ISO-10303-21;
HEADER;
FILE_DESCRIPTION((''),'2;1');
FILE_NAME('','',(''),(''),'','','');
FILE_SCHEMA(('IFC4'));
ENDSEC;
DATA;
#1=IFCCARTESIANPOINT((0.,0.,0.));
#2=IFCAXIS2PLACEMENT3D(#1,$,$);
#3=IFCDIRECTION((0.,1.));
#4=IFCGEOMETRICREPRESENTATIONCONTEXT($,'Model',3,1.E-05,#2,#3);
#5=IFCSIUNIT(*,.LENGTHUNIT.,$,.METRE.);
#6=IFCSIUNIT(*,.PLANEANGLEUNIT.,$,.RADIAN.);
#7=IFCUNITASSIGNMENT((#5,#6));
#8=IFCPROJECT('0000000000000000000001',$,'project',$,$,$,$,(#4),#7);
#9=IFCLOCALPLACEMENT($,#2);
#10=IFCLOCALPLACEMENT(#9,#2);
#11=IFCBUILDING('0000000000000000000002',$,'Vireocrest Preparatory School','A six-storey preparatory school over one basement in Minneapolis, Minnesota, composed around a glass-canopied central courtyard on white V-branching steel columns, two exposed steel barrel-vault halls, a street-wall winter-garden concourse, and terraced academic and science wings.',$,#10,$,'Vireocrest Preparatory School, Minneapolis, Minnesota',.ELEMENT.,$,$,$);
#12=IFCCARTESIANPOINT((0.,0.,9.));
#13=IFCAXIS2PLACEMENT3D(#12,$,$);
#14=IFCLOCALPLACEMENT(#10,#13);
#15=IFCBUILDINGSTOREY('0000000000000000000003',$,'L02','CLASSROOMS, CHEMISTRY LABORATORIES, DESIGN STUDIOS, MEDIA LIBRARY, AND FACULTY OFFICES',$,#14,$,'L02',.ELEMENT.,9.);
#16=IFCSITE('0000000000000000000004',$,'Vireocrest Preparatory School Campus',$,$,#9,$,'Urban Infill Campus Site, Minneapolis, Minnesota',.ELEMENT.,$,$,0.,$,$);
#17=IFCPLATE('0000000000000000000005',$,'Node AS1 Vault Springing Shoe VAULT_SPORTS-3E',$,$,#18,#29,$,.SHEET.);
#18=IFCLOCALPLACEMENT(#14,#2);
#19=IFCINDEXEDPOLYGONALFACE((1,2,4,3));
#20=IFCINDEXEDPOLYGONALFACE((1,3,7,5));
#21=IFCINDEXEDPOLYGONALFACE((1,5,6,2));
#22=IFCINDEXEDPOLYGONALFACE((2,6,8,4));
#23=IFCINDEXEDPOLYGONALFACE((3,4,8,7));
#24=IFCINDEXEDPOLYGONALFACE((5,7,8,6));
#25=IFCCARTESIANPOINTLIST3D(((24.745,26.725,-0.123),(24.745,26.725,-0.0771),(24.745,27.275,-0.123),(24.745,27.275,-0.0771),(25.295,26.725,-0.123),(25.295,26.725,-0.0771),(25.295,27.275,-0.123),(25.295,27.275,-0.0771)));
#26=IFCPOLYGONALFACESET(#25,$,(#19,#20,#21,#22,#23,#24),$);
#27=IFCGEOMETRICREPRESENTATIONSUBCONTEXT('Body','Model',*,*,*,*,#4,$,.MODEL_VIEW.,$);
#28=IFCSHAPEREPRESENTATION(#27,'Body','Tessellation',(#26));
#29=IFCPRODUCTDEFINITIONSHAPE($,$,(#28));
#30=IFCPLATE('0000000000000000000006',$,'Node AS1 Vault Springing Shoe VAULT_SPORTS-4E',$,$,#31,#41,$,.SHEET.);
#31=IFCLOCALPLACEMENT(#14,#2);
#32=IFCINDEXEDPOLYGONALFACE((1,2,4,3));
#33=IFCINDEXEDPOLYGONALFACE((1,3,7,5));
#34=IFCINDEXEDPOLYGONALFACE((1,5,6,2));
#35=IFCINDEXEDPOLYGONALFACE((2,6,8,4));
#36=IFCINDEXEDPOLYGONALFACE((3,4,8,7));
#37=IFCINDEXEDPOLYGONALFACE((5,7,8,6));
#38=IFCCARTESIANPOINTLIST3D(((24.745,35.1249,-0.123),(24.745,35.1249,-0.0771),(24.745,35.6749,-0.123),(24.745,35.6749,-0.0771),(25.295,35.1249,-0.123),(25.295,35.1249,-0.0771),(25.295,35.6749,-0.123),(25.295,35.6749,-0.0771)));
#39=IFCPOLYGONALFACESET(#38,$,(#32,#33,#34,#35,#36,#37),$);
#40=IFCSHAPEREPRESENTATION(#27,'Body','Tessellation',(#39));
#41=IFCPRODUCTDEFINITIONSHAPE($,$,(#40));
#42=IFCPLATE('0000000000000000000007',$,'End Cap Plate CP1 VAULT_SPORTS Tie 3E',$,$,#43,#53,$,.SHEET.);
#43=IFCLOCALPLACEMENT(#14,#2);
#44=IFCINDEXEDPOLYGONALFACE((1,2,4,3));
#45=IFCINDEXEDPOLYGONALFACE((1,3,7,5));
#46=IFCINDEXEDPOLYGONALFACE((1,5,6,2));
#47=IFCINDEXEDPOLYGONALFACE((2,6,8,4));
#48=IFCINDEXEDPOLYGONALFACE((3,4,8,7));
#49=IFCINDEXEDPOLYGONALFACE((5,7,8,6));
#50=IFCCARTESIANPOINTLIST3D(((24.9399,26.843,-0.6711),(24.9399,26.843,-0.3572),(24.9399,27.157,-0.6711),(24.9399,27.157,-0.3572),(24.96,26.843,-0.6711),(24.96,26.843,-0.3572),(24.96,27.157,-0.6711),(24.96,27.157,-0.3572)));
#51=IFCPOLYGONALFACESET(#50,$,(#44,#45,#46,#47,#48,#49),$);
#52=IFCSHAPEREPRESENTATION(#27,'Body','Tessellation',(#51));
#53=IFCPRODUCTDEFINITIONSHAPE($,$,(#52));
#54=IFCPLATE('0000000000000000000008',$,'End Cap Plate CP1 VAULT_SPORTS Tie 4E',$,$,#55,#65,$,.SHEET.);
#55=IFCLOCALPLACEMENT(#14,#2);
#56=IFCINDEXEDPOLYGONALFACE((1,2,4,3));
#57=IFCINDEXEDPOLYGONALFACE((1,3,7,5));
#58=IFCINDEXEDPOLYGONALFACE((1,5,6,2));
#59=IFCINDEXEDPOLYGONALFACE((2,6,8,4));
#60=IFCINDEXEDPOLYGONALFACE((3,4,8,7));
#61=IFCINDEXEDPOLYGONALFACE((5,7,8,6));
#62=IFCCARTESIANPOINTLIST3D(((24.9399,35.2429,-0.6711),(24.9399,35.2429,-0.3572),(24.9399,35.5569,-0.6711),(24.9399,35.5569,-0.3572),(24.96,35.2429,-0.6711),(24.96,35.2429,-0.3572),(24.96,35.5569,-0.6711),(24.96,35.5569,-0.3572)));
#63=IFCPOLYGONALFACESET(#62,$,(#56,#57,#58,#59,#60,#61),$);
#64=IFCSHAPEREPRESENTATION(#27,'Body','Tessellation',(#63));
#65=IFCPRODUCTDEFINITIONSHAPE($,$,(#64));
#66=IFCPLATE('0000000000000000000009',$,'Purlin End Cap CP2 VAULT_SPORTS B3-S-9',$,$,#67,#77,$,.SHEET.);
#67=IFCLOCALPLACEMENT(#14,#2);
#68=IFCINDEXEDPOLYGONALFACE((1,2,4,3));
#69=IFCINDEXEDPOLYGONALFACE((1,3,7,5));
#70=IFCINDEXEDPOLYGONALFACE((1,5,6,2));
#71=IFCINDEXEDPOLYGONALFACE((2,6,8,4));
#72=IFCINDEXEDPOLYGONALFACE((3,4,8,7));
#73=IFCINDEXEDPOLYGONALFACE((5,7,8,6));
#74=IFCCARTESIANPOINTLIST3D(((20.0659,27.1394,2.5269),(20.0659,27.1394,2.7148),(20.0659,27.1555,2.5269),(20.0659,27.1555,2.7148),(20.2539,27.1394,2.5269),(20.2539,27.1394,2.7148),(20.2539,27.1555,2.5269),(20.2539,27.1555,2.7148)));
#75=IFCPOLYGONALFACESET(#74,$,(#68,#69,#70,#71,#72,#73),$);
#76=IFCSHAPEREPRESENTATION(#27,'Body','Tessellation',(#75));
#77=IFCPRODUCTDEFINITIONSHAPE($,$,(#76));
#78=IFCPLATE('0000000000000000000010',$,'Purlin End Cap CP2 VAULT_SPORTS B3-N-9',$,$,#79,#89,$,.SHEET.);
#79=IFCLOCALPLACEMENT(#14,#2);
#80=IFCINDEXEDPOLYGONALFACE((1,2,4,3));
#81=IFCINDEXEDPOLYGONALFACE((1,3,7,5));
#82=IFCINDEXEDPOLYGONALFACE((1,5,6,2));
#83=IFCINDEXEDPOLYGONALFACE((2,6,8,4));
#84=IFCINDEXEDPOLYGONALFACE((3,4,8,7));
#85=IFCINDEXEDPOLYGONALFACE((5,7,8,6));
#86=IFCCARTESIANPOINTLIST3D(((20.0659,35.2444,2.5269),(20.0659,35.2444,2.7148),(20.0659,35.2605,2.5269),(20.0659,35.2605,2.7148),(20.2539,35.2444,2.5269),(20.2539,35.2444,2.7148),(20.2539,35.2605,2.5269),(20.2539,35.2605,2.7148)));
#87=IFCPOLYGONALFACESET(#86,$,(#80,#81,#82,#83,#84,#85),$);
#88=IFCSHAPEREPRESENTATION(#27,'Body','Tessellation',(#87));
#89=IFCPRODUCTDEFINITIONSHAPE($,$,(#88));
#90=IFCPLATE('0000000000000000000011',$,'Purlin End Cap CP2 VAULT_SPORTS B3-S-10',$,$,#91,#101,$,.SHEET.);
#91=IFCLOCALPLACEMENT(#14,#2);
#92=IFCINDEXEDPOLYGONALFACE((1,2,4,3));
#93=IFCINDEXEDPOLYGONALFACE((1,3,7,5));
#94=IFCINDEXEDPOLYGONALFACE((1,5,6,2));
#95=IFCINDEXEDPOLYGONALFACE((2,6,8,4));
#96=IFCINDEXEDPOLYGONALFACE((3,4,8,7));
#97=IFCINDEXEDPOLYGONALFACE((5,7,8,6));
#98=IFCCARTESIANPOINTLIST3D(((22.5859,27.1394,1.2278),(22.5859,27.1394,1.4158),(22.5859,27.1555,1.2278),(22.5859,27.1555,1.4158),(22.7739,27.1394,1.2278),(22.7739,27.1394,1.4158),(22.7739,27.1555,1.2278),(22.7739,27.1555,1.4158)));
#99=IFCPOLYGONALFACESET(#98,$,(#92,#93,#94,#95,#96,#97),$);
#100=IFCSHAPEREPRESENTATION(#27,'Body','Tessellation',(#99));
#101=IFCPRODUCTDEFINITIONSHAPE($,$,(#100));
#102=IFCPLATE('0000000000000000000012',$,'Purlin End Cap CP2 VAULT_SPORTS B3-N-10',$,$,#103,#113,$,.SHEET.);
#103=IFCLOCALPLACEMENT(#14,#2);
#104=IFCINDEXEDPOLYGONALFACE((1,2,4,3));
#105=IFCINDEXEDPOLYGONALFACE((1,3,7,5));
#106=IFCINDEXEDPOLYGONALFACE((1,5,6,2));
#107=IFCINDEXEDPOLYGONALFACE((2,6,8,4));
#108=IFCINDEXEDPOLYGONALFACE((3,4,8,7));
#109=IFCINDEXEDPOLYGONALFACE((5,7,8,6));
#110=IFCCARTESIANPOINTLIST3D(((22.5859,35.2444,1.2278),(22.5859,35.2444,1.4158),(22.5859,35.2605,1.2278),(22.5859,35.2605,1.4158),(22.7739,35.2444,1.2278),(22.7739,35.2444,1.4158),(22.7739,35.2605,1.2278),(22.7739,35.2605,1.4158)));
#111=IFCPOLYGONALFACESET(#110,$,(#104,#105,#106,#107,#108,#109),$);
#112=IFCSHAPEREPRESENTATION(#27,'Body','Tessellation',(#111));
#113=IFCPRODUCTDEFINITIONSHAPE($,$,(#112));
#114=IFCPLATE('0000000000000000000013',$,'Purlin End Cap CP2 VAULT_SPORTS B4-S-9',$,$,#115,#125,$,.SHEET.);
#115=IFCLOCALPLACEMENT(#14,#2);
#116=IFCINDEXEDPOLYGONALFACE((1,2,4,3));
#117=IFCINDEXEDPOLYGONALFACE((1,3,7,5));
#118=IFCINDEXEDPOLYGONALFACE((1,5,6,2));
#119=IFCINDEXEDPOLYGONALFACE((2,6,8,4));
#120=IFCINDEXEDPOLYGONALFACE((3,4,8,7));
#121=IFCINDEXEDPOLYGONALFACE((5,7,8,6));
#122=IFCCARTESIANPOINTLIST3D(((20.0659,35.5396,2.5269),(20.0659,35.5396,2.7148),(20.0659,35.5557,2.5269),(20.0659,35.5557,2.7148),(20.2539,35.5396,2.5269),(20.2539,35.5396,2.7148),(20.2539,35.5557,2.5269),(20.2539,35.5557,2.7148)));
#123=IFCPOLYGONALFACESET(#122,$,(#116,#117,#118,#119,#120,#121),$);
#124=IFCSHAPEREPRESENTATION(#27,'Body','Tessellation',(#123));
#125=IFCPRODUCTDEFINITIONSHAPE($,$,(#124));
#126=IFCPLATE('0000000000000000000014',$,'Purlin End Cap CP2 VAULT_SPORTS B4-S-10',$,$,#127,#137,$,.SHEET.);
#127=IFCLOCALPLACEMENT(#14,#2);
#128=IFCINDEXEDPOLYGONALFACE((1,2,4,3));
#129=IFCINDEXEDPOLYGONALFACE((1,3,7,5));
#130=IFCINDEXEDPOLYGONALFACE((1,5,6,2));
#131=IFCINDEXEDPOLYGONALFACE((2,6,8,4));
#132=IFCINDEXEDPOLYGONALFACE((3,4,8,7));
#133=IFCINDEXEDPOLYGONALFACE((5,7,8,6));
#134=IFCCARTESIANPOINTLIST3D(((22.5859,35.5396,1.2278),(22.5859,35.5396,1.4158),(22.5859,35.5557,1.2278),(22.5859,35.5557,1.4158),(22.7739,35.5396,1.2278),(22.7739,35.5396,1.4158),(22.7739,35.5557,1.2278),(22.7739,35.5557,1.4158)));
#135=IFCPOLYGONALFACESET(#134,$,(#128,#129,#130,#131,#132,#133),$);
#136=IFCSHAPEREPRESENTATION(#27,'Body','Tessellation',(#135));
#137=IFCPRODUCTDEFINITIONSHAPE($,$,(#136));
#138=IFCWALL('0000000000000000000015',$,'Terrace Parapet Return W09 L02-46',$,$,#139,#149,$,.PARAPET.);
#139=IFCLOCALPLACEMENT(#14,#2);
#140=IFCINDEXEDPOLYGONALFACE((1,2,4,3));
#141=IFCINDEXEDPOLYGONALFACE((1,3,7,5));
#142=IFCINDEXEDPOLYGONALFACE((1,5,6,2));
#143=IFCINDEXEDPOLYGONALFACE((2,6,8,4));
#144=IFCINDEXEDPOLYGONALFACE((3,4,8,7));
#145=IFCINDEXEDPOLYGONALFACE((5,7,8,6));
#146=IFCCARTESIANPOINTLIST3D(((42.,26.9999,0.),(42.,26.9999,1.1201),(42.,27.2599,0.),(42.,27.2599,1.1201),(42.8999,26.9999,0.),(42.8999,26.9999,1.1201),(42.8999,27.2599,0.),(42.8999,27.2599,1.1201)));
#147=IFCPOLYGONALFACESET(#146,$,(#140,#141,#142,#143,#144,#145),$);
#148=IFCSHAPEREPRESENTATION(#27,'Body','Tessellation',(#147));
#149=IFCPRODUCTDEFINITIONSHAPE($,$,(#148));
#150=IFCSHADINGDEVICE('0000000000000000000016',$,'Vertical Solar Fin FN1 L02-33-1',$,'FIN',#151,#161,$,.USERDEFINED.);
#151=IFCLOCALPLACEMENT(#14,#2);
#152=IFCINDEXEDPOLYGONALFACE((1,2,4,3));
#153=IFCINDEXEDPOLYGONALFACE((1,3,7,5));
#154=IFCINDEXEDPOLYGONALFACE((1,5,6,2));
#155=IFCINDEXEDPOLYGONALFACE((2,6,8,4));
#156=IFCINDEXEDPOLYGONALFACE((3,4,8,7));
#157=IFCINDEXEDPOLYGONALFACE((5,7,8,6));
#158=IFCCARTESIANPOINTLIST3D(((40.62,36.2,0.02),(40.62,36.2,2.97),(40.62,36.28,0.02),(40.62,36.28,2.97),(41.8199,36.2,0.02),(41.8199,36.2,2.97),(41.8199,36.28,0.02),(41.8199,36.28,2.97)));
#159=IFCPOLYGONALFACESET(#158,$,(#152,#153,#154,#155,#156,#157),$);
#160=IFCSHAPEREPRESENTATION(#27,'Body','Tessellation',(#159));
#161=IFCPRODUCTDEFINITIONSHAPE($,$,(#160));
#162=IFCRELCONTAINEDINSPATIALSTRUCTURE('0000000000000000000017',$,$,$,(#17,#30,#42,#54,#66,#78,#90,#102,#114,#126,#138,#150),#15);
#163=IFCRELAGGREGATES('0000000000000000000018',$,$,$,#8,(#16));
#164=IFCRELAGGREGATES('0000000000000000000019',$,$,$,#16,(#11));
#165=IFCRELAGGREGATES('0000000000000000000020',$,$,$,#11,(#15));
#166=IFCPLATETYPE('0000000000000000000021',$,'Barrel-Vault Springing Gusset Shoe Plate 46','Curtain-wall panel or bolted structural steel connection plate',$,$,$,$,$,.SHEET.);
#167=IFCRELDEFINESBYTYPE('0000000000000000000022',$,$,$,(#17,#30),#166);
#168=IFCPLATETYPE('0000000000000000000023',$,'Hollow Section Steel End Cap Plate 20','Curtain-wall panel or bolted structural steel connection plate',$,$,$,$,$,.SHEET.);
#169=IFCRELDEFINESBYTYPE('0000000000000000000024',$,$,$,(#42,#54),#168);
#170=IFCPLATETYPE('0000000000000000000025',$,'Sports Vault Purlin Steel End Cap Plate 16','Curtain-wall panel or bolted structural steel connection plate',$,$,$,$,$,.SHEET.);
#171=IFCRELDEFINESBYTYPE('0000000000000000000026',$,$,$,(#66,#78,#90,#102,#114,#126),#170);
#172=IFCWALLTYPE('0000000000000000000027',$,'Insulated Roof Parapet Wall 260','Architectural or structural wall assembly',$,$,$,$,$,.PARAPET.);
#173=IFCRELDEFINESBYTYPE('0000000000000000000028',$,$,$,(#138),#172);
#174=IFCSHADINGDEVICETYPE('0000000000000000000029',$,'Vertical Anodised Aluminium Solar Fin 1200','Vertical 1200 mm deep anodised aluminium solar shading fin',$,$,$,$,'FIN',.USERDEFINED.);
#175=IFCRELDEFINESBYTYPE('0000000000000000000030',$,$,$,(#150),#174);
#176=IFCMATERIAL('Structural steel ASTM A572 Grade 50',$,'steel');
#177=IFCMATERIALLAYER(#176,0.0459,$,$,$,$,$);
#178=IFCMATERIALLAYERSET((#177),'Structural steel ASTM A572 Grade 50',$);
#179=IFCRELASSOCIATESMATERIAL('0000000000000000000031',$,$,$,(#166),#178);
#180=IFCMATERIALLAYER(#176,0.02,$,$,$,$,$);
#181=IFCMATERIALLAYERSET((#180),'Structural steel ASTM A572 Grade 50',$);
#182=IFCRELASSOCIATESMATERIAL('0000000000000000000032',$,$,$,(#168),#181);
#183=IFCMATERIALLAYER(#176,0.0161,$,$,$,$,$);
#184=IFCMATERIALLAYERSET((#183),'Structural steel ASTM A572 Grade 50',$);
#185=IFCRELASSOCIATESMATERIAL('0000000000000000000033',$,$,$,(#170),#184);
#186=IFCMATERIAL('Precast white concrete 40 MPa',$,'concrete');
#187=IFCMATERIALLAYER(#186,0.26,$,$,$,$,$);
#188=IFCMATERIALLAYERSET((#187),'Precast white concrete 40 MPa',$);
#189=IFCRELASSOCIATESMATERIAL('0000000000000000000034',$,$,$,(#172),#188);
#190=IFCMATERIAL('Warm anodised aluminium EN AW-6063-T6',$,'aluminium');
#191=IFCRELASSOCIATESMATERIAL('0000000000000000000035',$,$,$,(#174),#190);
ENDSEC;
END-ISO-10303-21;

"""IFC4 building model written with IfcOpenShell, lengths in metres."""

from ifc_helpers import new_model, si_unit, direction, frame, frame_2d, origin, origin_2d, place, context, subcontext, project, spatial, rectangle, extrude, material, layer, layer_set, material_profile, profile_set, type_object, element, save


model = new_model("IFC4")

# Units and contexts
model_context = context("Model", 3, precision=1e-05, world=origin(), true_north=direction((0.0, 1.0)))
body_context = subcontext(model_context, "Body", "Model", "MODEL_VIEW")
ifc_project = project(units=[si_unit("LENGTHUNIT", "METRE"), si_unit("PLANEANGLEUNIT", "RADIAN")], contexts=[model_context])

# Site, building, storey
site_placement = place(None, origin())
site = spatial("IfcSite", under=ifc_project, at=site_placement, Name="Vireocrest Preparatory School Campus", LongName="Urban Infill Campus Site, Minneapolis, Minnesota", CompositionType="ELEMENT", RefElevation=0.0)
building_placement = place(site_placement, origin())
building = spatial("IfcBuilding", under=site, at=building_placement, Name="Vireocrest Preparatory School", Description="A six-storey preparatory school over one basement in Minneapolis, Minnesota, composed around a glass-canopied central courtyard on white V-branching steel columns, two exposed steel barrel-vault halls, a street-wall winter-garden concourse, and terraced academic and science wings.", LongName="Vireocrest Preparatory School, Minneapolis, Minnesota", CompositionType="ELEMENT")
storey_placement = place(building_placement, frame((0.0, 0.0, 9.0)))
storey = spatial("IfcBuildingStorey", under=building, at=storey_placement, Name="L02", Description="CLASSROOMS, CHEMISTRY LABORATORIES, DESIGN STUDIOS, MEDIA LIBRARY, AND FACULTY OFFICES", LongName="L02", CompositionType="ELEMENT", Elevation=9.0)

# Plates
ifc_material_1 = material(Name="Structural steel ASTM A572 Grade 50", Category="steel")
ifc_layer_1 = layer(ifc_material_1, 0.0459)
ifc_layer_set_1 = layer_set([ifc_layer_1], Name="Structural steel ASTM A572 Grade 50")
plate_type_1 = type_object("IfcPlateType", Name="Barrel-Vault Springing Gusset Shoe Plate 46", Description="Curtain-wall panel or bolted structural steel connection plate", PredefinedType="SHEET", material=ifc_layer_set_1)
for number, where, z_axis, x_axis, name in (
    (1, (25.02, 27.0, -0.123), (0.0, 0.0, 1.0), (1.0, 0.0, 0.0), "Node AS1 Vault Springing Shoe VAULT_SPORTS-3E"),
    (2, (25.02, 35.3999, -0.123), (0.0, 0.0, 1.0), (1.0, 0.0, 0.0), "Node AS1 Vault Springing Shoe VAULT_SPORTS-4E"),
):
    element("IfcPlate", number, at=place(storey_placement, frame(where, z_axis=z_axis, x_axis=x_axis)), inside=storey, type_object=plate_type_1, Name=name, PredefinedType="SHEET", context=body_context, shape_type="SweptSolid", body=[
        extrude(rectangle(XDim=0.55, YDim=0.55, at=origin_2d()), origin(), (0.0, 0.0, 1.0), 0.0459),
    ])
ifc_layer_2 = layer(ifc_material_1, 0.02)
ifc_layer_set_2 = layer_set([ifc_layer_2], Name="Structural steel ASTM A572 Grade 50")
plate_type_2 = type_object("IfcPlateType", Name="Hollow Section Steel End Cap Plate 20", Description="Curtain-wall panel or bolted structural steel connection plate", PredefinedType="SHEET", material=ifc_layer_set_2)
for number, where, z_axis, x_axis, name in (
    (3, (24.95, 27.0, -0.6711), (0.0, 0.0, 1.0), (1.0, 0.0, 0.0), "End Cap Plate CP1 VAULT_SPORTS Tie 3E"),
    (4, (24.95, 35.3999, -0.6711), (0.0, 0.0, 1.0), (1.0, 0.0, 0.0), "End Cap Plate CP1 VAULT_SPORTS Tie 4E"),
):
    element("IfcPlate", number, at=place(storey_placement, frame(where, z_axis=z_axis, x_axis=x_axis)), inside=storey, type_object=plate_type_2, Name=name, PredefinedType="SHEET", context=body_context, shape_type="SweptSolid", body=[
        extrude(rectangle(XDim=0.02, YDim=0.314, at=origin_2d()), origin(), (0.0, 0.0, 1.0), 0.314),
    ])
ifc_layer_3 = layer(ifc_material_1, 0.0161)
ifc_layer_set_3 = layer_set([ifc_layer_3], Name="Structural steel ASTM A572 Grade 50")
plate_type_3 = type_object("IfcPlateType", Name="Sports Vault Purlin Steel End Cap Plate 16", Description="Curtain-wall panel or bolted structural steel connection plate", PredefinedType="SHEET", material=ifc_layer_set_3)
for number, where, z_axis, x_axis, name in (
    (5, (20.1599, 27.1475, 2.5269), (0.0, 0.0, 1.0), (1.0, 0.0, 0.0), "Purlin End Cap CP2 VAULT_SPORTS B3-S-9"),
    (6, (20.1599, 35.2524, 2.5269), (0.0, 0.0, 1.0), (1.0, 0.0, 0.0), "Purlin End Cap CP2 VAULT_SPORTS B3-N-9"),
    (7, (22.6799, 27.1475, 1.2278), (0.0, 0.0, 1.0), (1.0, 0.0, 0.0), "Purlin End Cap CP2 VAULT_SPORTS B3-S-10"),
    (8, (22.6799, 35.2524, 1.2278), (0.0, 0.0, 1.0), (1.0, 0.0, 0.0), "Purlin End Cap CP2 VAULT_SPORTS B3-N-10"),
    (9, (20.1599, 35.5476, 2.5269), (0.0, 0.0, 1.0), (1.0, 0.0, 0.0), "Purlin End Cap CP2 VAULT_SPORTS B4-S-9"),
    (10, (22.6799, 35.5476, 1.2278), (0.0, 0.0, 1.0), (1.0, 0.0, 0.0), "Purlin End Cap CP2 VAULT_SPORTS B4-S-10"),
):
    element("IfcPlate", number, at=place(storey_placement, frame(where, z_axis=z_axis, x_axis=x_axis)), inside=storey, type_object=plate_type_3, Name=name, PredefinedType="SHEET", context=body_context, shape_type="SweptSolid", body=[
        extrude(rectangle(XDim=0.188, YDim=0.0161, at=origin_2d()), origin(), (0.0, 0.0, 1.0), 0.188),
    ])

# Wall
ifc_material_2 = material(Name="Precast white concrete 40 MPa", Category="concrete")
ifc_layer_4 = layer(ifc_material_2, 0.26)
ifc_layer_set_4 = layer_set([ifc_layer_4], Name="Precast white concrete 40 MPa")
wall_type = type_object("IfcWallType", Name="Insulated Roof Parapet Wall 260", Description="Architectural or structural wall assembly", PredefinedType="PARAPET", material=ifc_layer_set_4)
wall_placement = place(storey_placement, frame((42.0, 27.1299, 0.0), z_axis=(0.0, 0.0, 1.0), x_axis=(1.0, 0.0, 0.0)))
element("IfcWall", 11, at=wall_placement, inside=storey, type_object=wall_type, Name="Terrace Parapet Return W09 L02-46", PredefinedType="PARAPET", context=body_context, shape_type="SweptSolid", body=[
    extrude(rectangle(XDim=0.8999, YDim=0.26, at=frame_2d((0.45, 0.0))), origin(), (0.0, 0.0, 1.0), 1.1201),
])

# Shading device
ifc_material_3 = material(Name="Warm anodised aluminium EN AW-6063-T6", Category="aluminium")
ifc_material_profile_1 = material_profile(ifc_material_3, rectangle(XDim=0.0801, YDim=1.2, at=origin_2d()), Name="FIN 80x1200")
ifc_profile_set_1 = profile_set([ifc_material_profile_1], Name="Warm anodised aluminium EN AW-6063-T6")
shading_device_type = type_object("IfcShadingDeviceType", Name="Vertical Anodised Aluminium Solar Fin 1200", Description="Vertical 1200 mm deep anodised aluminium solar shading fin", ElementType="FIN", PredefinedType="USERDEFINED", material=ifc_profile_set_1)
shading_device_placement = place(storey_placement, frame((41.22, 36.24, 0.02), z_axis=(0.0, 0.0, 1.0), x_axis=(0.0, 1.0, 0.0)))
element("IfcShadingDevice", 12, at=shading_device_placement, inside=storey, type_object=shading_device_type, Name="Vertical Solar Fin FN1 L02-33-1", ObjectType="FIN", PredefinedType="USERDEFINED", context=body_context, shape_type="SweptSolid", body=[
    extrude(rectangle(XDim=0.0801, YDim=1.2, at=origin_2d()), origin(), (0.0, 0.0, 1.0), 2.95),
])

save(model, "model.ifc")
